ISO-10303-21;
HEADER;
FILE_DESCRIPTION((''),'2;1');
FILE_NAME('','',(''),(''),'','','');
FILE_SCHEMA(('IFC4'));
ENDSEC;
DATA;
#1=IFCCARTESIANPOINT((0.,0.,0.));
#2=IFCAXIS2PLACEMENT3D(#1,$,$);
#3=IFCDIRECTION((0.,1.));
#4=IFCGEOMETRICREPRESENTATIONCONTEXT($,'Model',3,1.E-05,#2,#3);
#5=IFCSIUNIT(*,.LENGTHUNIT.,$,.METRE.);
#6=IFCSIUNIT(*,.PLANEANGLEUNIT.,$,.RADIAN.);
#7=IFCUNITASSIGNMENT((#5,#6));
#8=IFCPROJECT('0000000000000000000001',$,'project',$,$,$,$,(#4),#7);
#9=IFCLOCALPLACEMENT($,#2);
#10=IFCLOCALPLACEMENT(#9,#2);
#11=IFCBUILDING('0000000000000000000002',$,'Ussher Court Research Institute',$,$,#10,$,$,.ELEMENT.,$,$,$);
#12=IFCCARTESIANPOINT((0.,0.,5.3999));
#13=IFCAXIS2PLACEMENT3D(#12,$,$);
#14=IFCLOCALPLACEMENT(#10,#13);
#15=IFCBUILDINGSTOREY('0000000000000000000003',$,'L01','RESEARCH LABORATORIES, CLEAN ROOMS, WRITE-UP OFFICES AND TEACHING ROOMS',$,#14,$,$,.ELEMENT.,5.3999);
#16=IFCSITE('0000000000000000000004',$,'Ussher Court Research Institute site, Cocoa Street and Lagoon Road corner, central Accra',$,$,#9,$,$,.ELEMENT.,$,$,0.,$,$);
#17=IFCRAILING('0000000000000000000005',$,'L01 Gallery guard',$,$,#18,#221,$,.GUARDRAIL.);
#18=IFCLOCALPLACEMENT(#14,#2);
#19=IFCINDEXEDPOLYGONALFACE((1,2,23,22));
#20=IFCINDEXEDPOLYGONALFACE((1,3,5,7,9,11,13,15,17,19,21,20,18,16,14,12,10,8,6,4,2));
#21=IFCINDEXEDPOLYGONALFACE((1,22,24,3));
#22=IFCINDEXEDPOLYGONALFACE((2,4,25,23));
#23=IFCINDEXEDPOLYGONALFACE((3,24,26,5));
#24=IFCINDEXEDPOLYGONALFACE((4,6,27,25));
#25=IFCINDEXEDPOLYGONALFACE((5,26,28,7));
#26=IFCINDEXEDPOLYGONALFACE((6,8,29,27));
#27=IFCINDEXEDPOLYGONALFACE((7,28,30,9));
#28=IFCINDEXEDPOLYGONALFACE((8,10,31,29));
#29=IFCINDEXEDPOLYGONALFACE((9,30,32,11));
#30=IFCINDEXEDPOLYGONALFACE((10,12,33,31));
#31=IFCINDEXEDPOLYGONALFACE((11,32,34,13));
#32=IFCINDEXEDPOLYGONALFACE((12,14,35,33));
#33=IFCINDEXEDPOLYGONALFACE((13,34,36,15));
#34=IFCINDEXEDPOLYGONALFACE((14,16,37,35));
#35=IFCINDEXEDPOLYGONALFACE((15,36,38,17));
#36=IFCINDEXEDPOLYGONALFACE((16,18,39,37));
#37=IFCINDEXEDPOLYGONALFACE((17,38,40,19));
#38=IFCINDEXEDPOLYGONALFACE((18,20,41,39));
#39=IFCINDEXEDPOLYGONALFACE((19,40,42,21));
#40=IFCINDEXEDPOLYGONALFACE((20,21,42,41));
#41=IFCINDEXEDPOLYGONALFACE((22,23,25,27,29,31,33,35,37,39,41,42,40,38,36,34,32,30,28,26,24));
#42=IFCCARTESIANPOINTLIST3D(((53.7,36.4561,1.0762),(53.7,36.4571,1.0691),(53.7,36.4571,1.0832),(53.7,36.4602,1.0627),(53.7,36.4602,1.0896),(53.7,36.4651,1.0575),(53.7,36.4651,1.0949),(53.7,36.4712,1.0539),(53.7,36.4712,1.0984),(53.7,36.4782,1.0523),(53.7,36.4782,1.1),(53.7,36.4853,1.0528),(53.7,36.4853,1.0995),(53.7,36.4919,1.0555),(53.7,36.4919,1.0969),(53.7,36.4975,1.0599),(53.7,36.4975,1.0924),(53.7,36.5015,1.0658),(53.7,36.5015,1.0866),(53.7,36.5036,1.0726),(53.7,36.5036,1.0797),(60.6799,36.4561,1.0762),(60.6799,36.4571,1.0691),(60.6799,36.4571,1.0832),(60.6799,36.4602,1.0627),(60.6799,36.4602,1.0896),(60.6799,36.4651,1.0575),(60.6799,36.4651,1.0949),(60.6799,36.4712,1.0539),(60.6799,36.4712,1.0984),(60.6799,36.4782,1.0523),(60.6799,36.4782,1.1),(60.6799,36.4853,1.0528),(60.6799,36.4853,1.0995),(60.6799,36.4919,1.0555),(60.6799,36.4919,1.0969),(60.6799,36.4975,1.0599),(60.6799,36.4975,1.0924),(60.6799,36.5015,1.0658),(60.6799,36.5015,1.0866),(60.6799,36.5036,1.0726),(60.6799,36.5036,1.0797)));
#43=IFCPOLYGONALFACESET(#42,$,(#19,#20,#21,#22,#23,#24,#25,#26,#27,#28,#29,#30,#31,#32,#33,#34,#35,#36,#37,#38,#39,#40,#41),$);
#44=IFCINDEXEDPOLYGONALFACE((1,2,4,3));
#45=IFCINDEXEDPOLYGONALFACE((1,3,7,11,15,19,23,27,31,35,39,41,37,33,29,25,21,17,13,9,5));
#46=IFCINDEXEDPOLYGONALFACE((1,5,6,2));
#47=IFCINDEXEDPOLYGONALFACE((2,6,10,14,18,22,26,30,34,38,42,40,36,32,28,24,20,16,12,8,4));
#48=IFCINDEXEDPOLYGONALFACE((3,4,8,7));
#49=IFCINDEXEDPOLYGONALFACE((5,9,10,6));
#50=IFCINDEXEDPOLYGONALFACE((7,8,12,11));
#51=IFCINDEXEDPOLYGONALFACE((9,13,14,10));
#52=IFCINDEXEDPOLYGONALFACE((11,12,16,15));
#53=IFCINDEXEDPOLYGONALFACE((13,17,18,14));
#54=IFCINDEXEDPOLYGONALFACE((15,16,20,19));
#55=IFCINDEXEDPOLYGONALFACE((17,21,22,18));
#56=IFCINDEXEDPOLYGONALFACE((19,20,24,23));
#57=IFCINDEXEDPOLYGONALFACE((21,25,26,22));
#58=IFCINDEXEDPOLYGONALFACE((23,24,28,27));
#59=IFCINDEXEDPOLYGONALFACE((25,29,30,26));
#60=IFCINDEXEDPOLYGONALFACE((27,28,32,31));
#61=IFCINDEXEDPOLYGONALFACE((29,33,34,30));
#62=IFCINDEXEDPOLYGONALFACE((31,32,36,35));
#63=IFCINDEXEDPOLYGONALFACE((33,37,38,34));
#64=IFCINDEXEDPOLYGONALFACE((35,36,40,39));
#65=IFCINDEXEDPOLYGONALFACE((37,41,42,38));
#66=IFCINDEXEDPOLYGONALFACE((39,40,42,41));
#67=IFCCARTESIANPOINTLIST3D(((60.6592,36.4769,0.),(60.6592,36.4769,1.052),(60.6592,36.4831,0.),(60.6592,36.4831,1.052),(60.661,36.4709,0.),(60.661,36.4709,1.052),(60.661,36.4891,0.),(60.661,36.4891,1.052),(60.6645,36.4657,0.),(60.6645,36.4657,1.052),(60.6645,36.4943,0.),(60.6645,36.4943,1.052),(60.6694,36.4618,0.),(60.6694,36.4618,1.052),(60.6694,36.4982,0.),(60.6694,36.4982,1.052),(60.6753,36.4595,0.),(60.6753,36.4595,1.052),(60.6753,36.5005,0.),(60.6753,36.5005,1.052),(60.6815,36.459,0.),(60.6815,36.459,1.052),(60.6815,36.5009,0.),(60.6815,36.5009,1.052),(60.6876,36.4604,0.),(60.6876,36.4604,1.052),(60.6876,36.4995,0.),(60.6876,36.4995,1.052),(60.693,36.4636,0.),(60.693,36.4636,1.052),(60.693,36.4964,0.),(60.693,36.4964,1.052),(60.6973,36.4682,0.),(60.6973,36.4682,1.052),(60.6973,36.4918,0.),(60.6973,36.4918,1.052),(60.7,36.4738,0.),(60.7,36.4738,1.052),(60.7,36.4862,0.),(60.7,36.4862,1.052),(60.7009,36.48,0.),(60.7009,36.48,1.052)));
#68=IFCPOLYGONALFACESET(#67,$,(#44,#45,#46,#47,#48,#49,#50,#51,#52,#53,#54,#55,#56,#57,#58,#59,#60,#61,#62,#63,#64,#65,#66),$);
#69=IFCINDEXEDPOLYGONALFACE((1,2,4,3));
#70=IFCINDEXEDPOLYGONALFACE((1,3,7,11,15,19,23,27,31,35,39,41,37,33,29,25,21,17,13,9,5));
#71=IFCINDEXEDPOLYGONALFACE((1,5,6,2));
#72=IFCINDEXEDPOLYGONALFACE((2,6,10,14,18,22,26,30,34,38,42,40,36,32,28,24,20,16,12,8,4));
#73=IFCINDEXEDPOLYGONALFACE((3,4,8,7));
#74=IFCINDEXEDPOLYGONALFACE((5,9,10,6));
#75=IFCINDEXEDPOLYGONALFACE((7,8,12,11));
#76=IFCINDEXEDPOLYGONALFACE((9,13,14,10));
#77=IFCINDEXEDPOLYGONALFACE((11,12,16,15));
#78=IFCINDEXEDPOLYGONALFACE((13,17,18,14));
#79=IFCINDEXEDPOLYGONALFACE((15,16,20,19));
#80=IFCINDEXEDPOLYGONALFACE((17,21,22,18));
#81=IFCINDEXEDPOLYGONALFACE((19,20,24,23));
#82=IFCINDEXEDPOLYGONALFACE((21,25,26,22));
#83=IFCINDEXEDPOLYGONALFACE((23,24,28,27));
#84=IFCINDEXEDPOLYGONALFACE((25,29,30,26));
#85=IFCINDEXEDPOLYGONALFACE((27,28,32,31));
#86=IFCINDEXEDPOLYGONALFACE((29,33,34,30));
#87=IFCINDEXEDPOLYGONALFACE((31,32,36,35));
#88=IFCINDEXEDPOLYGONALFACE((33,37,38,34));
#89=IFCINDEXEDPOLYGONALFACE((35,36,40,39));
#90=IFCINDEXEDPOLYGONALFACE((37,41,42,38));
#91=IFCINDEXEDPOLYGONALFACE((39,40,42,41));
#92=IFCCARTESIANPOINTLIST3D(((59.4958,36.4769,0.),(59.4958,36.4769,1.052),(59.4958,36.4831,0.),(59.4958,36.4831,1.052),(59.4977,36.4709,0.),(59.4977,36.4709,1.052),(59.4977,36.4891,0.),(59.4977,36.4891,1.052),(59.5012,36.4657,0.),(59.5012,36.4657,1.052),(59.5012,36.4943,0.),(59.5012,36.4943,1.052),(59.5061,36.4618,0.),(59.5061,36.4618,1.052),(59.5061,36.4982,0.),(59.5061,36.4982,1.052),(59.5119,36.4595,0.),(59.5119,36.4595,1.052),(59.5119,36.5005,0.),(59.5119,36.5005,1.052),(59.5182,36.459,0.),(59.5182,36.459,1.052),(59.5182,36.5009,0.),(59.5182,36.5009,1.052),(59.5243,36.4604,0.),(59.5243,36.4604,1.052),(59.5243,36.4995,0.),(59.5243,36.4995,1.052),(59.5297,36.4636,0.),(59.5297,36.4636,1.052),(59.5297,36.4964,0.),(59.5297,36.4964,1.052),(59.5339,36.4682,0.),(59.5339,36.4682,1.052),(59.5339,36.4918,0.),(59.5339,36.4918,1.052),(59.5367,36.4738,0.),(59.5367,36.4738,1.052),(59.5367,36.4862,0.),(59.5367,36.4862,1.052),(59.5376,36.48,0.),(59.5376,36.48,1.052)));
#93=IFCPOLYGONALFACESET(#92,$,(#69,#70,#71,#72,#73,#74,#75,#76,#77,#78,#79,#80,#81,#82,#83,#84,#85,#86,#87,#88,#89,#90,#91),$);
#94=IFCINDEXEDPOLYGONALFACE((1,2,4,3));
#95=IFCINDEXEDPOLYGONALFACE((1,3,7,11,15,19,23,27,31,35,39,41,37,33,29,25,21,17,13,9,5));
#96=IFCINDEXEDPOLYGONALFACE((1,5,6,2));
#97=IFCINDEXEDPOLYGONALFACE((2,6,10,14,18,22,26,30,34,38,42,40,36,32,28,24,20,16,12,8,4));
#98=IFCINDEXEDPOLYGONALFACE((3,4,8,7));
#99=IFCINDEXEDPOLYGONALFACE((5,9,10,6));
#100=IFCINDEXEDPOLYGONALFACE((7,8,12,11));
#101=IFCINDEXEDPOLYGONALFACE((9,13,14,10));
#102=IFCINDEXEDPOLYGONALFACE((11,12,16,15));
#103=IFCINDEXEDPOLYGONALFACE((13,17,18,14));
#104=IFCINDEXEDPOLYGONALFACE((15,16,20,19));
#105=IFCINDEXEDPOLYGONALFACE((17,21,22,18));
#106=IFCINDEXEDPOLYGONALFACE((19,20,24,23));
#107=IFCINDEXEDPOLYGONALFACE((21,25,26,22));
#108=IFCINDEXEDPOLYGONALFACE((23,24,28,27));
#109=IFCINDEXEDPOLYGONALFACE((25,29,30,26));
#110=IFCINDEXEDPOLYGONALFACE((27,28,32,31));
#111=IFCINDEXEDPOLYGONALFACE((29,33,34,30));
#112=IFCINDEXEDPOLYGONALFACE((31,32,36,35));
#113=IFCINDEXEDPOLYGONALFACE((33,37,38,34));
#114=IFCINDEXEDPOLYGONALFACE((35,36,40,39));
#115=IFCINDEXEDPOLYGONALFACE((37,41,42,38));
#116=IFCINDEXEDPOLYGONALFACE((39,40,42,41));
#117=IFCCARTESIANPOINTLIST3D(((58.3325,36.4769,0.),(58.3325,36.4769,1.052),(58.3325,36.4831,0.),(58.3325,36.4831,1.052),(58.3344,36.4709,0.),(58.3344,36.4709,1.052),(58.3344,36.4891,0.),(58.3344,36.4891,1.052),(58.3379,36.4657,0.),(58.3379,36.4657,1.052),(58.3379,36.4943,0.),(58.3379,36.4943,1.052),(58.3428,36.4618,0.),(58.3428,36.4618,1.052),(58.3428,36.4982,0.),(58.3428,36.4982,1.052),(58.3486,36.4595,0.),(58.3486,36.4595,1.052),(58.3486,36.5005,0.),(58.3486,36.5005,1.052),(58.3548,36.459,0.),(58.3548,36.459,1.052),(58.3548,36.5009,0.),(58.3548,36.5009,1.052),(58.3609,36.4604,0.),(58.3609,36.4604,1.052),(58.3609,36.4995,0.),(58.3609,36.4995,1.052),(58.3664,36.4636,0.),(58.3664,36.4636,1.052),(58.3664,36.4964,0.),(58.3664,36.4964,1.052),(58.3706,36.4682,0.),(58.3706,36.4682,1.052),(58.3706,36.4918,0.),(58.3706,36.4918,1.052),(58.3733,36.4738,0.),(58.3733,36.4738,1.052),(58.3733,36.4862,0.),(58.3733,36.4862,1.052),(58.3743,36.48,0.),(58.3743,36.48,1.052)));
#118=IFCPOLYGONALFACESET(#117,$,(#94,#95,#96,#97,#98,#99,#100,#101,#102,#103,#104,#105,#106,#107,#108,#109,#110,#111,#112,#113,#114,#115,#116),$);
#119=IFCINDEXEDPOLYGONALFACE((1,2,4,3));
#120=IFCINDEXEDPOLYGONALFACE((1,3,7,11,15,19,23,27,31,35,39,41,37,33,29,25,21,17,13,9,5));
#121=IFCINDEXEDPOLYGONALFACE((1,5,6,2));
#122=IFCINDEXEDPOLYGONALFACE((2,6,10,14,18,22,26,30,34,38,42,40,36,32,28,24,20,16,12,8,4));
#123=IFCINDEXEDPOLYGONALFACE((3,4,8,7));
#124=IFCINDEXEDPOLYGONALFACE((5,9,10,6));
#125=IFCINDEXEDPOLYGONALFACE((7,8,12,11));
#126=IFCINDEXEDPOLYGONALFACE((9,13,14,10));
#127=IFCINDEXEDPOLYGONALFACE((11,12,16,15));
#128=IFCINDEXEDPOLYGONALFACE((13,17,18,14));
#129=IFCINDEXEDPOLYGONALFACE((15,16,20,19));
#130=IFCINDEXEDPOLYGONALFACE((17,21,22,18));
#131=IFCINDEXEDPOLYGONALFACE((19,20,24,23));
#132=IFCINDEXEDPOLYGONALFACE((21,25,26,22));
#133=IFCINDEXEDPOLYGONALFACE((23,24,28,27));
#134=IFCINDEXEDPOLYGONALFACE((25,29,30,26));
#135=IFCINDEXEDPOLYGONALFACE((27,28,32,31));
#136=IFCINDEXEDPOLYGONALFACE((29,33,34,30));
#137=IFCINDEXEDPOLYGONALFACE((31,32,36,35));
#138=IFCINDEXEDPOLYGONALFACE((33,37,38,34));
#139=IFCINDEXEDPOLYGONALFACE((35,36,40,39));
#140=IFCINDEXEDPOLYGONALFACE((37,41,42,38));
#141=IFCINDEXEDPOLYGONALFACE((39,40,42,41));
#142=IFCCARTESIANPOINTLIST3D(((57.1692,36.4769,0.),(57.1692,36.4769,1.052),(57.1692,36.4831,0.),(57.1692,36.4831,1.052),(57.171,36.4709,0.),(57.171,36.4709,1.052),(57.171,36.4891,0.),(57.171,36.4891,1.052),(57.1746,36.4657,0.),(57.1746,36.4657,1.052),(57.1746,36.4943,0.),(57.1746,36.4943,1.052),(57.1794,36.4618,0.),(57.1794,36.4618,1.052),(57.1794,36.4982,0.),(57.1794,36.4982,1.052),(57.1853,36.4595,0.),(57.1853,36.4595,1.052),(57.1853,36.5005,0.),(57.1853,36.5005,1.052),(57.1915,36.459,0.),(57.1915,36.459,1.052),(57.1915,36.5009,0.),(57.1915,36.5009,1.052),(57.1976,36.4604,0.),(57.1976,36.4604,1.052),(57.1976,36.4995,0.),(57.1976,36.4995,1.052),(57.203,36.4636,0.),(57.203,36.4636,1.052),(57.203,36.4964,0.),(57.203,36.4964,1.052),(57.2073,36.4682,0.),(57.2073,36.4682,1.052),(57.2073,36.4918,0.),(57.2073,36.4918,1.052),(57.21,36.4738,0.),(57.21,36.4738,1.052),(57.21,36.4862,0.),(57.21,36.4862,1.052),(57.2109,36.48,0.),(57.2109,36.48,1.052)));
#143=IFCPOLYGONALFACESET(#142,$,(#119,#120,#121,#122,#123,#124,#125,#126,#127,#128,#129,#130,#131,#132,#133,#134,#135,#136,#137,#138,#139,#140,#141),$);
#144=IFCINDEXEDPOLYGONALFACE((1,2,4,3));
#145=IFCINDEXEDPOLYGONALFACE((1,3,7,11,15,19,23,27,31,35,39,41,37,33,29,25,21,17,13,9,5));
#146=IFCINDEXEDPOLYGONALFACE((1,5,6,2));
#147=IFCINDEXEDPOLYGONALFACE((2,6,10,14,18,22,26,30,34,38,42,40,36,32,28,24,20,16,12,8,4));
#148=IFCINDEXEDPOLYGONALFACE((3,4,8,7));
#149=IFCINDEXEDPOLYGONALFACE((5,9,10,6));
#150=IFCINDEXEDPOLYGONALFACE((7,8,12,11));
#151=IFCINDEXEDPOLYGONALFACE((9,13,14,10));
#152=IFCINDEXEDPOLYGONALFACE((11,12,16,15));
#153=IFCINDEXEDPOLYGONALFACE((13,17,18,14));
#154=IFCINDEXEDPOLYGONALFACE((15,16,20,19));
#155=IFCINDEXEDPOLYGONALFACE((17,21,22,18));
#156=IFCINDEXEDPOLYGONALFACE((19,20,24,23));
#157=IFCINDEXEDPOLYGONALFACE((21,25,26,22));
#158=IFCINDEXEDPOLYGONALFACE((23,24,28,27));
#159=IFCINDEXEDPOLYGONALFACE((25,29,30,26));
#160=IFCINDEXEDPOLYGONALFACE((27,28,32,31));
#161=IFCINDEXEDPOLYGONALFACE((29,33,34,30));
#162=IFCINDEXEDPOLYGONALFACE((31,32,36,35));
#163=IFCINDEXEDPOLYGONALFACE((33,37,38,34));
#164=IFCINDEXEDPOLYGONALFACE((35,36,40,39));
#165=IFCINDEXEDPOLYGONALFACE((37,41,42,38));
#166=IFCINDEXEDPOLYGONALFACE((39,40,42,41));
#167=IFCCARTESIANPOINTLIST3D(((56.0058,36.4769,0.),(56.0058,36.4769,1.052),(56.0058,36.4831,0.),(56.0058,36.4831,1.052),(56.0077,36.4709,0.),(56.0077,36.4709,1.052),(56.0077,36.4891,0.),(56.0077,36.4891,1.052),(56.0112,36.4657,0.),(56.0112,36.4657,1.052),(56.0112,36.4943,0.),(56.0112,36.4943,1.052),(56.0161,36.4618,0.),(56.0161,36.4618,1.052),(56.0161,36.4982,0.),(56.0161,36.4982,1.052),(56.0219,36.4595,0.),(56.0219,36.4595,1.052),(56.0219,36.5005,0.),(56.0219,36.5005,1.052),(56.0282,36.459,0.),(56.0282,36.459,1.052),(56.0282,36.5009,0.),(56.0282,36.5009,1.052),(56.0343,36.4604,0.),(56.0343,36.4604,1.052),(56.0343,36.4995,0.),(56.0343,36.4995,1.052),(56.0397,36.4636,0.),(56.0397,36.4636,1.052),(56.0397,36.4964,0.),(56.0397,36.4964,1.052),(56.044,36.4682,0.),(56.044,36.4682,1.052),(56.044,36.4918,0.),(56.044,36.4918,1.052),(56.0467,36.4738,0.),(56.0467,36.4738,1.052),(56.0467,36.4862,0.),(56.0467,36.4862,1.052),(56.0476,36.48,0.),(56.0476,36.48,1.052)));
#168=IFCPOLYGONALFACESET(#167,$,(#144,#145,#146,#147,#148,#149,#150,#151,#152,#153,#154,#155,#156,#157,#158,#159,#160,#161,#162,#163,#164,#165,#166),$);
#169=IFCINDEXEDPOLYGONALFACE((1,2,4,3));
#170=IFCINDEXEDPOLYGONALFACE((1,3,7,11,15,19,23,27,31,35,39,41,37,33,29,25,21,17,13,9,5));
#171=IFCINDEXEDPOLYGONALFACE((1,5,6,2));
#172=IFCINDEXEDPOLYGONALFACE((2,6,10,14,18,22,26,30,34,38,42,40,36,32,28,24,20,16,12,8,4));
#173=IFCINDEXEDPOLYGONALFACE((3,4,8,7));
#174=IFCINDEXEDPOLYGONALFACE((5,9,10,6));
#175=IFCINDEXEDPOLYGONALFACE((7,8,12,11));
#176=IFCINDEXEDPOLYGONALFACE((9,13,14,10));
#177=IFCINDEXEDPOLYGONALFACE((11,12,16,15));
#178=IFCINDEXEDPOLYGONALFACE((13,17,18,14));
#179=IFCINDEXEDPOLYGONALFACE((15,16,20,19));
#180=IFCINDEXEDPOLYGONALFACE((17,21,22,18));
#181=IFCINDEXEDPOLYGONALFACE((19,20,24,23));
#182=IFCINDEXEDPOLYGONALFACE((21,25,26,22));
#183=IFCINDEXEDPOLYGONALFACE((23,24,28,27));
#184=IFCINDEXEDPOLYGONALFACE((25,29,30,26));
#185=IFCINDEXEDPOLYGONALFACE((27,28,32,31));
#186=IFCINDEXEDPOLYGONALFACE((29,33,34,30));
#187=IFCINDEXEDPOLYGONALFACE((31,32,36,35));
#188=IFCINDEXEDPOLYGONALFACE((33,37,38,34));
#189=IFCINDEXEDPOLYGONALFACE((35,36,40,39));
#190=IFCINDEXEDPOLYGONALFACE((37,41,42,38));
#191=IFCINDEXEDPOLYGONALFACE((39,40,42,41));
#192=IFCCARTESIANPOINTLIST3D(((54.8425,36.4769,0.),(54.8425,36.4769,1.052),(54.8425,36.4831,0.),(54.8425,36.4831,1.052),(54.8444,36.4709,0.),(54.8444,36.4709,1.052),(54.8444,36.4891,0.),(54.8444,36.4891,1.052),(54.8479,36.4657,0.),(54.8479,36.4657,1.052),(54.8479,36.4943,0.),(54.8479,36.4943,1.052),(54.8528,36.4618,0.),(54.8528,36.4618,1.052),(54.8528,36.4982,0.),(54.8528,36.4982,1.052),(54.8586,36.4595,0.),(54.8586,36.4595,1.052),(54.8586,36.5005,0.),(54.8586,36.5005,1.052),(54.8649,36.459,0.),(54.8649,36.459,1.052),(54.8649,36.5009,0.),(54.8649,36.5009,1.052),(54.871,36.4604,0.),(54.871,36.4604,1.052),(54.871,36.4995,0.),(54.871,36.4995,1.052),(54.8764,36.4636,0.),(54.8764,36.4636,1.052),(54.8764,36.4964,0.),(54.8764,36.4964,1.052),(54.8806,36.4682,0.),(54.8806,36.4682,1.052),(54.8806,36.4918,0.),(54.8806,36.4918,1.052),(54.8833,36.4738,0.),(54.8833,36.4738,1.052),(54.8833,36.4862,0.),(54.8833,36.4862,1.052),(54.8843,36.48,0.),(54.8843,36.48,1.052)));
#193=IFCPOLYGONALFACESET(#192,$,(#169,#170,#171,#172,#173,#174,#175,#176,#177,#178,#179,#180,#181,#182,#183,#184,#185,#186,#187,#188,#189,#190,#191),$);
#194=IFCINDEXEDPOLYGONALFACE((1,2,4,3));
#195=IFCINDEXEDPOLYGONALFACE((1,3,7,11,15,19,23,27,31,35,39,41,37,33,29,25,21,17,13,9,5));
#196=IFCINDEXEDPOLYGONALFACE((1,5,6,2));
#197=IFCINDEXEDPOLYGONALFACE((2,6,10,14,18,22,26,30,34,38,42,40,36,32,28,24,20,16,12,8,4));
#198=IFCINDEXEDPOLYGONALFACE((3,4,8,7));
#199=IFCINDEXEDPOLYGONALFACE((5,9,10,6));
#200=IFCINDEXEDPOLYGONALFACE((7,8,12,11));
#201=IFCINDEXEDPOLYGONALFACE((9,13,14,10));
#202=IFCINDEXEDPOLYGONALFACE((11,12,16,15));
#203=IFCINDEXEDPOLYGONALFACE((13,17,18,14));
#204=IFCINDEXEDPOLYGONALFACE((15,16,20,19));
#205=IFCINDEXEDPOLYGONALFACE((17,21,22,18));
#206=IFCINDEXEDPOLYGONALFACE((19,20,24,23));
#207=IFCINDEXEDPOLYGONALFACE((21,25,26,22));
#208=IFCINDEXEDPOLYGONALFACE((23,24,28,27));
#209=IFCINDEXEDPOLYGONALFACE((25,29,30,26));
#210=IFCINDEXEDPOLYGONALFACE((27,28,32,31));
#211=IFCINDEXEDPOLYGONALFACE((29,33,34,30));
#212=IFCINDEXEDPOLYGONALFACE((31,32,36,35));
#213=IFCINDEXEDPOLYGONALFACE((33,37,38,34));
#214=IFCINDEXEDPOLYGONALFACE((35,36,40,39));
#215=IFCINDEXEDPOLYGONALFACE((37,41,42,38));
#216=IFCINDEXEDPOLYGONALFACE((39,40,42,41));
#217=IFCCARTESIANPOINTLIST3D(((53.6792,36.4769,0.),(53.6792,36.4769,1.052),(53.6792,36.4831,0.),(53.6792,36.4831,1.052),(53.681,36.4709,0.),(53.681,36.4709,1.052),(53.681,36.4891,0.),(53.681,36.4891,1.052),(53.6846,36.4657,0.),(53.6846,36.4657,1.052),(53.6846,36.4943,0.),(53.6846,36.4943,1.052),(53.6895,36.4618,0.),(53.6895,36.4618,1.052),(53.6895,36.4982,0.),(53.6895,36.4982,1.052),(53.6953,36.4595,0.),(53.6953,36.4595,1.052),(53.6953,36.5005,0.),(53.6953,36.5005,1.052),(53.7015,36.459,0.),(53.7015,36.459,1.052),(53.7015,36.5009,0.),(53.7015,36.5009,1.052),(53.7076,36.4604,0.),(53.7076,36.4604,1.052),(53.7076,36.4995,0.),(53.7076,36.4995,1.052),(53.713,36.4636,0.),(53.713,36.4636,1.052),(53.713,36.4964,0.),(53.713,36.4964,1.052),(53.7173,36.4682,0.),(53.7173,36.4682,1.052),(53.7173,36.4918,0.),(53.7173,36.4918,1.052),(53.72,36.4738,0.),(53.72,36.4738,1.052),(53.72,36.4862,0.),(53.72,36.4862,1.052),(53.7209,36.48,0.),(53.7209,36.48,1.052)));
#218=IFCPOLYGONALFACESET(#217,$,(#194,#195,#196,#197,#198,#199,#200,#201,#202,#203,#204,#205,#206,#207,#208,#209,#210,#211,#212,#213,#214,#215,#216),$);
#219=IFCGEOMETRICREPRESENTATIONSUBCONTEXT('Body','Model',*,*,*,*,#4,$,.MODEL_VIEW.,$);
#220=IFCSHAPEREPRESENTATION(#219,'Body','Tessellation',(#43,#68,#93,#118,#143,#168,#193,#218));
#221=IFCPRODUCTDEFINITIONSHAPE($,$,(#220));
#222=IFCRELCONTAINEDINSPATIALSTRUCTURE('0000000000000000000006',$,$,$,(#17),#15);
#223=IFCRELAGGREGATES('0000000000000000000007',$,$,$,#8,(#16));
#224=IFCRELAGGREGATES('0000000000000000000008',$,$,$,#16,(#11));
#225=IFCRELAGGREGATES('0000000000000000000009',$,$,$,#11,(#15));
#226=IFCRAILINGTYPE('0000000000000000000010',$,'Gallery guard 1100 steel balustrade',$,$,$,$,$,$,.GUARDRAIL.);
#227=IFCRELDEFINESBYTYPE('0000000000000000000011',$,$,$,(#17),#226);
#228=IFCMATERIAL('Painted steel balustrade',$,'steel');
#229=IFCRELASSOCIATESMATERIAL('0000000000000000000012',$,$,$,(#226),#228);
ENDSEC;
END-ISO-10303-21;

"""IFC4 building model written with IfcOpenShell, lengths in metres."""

from ifc_helpers import new_model, si_unit, direction, frame, origin, origin_2d, place, context, subcontext, project, spatial, circle, extrude, material, type_object, element, save


model = new_model("IFC4")

# Units and contexts
model_context = context("Model", 3, precision=1e-05, world=origin(), true_north=direction((0.0, 1.0)))
body_context = subcontext(model_context, "Body", "Model", "MODEL_VIEW")
ifc_project = project(units=[si_unit("LENGTHUNIT", "METRE"), si_unit("PLANEANGLEUNIT", "RADIAN")], contexts=[model_context])

# Site, building, storey
site_placement = place(None, origin())
site = spatial("IfcSite", under=ifc_project, at=site_placement, Name="Ussher Court Research Institute site, Cocoa Street and Lagoon Road corner, central Accra", CompositionType="ELEMENT", RefElevation=0.0)
building_placement = place(site_placement, origin())
building = spatial("IfcBuilding", under=site, at=building_placement, Name="Ussher Court Research Institute", CompositionType="ELEMENT")
storey_placement = place(building_placement, frame((0.0, 0.0, 5.3999)))
storey = spatial("IfcBuildingStorey", under=building, at=storey_placement, Name="L01", Description="RESEARCH LABORATORIES, CLEAN ROOMS, WRITE-UP OFFICES AND TEACHING ROOMS", CompositionType="ELEMENT", Elevation=5.3999)

# Railing
ifc_material_1 = material(Name="Painted steel balustrade", Category="steel")
railing_type = type_object("IfcRailingType", Name="Gallery guard 1100 steel balustrade", PredefinedType="GUARDRAIL", material=ifc_material_1)
railing_1_placement = place(storey_placement, frame((60.6799, 36.48, 0.0)))
element("IfcRailing", 1, at=railing_1_placement, inside=storey, type_object=railing_type, Name="L01 Gallery guard", PredefinedType="GUARDRAIL", context=body_context, shape_type="SweptSolid", body=[
    extrude(circle(Radius=0.0239, at=origin_2d()), frame((0.0, 0.0, 1.0762), z_axis=(-1.0, 0.0, 0.0), x_axis=(0.0, -1.0, 0.0)), (0.0, 0.0, 1.0), 6.98),
    extrude(circle(Radius=0.021, at=origin_2d()), origin(), (0.0, 0.0, 1.0), 1.052),
    extrude(circle(Radius=0.021, at=origin_2d()), frame((-1.1633, 0.0, 0.0)), (0.0, 0.0, 1.0), 1.052),
    extrude(circle(Radius=0.021, at=origin_2d()), frame((-2.3267, 0.0, 0.0)), (0.0, 0.0, 1.0), 1.052),
    extrude(circle(Radius=0.021, at=origin_2d()), frame((-3.49, 0.0, 0.0)), (0.0, 0.0, 1.0), 1.052),
    extrude(circle(Radius=0.021, at=origin_2d()), frame((-4.6533, 0.0, 0.0)), (0.0, 0.0, 1.0), 1.052),
    extrude(circle(Radius=0.021, at=origin_2d()), frame((-5.8167, 0.0, 0.0)), (0.0, 0.0, 1.0), 1.052),
    extrude(circle(Radius=0.021, at=origin_2d()), frame((-6.98, 0.0, 0.0)), (0.0, 0.0, 1.0), 1.052),
])

save(model, "model.ifc")
